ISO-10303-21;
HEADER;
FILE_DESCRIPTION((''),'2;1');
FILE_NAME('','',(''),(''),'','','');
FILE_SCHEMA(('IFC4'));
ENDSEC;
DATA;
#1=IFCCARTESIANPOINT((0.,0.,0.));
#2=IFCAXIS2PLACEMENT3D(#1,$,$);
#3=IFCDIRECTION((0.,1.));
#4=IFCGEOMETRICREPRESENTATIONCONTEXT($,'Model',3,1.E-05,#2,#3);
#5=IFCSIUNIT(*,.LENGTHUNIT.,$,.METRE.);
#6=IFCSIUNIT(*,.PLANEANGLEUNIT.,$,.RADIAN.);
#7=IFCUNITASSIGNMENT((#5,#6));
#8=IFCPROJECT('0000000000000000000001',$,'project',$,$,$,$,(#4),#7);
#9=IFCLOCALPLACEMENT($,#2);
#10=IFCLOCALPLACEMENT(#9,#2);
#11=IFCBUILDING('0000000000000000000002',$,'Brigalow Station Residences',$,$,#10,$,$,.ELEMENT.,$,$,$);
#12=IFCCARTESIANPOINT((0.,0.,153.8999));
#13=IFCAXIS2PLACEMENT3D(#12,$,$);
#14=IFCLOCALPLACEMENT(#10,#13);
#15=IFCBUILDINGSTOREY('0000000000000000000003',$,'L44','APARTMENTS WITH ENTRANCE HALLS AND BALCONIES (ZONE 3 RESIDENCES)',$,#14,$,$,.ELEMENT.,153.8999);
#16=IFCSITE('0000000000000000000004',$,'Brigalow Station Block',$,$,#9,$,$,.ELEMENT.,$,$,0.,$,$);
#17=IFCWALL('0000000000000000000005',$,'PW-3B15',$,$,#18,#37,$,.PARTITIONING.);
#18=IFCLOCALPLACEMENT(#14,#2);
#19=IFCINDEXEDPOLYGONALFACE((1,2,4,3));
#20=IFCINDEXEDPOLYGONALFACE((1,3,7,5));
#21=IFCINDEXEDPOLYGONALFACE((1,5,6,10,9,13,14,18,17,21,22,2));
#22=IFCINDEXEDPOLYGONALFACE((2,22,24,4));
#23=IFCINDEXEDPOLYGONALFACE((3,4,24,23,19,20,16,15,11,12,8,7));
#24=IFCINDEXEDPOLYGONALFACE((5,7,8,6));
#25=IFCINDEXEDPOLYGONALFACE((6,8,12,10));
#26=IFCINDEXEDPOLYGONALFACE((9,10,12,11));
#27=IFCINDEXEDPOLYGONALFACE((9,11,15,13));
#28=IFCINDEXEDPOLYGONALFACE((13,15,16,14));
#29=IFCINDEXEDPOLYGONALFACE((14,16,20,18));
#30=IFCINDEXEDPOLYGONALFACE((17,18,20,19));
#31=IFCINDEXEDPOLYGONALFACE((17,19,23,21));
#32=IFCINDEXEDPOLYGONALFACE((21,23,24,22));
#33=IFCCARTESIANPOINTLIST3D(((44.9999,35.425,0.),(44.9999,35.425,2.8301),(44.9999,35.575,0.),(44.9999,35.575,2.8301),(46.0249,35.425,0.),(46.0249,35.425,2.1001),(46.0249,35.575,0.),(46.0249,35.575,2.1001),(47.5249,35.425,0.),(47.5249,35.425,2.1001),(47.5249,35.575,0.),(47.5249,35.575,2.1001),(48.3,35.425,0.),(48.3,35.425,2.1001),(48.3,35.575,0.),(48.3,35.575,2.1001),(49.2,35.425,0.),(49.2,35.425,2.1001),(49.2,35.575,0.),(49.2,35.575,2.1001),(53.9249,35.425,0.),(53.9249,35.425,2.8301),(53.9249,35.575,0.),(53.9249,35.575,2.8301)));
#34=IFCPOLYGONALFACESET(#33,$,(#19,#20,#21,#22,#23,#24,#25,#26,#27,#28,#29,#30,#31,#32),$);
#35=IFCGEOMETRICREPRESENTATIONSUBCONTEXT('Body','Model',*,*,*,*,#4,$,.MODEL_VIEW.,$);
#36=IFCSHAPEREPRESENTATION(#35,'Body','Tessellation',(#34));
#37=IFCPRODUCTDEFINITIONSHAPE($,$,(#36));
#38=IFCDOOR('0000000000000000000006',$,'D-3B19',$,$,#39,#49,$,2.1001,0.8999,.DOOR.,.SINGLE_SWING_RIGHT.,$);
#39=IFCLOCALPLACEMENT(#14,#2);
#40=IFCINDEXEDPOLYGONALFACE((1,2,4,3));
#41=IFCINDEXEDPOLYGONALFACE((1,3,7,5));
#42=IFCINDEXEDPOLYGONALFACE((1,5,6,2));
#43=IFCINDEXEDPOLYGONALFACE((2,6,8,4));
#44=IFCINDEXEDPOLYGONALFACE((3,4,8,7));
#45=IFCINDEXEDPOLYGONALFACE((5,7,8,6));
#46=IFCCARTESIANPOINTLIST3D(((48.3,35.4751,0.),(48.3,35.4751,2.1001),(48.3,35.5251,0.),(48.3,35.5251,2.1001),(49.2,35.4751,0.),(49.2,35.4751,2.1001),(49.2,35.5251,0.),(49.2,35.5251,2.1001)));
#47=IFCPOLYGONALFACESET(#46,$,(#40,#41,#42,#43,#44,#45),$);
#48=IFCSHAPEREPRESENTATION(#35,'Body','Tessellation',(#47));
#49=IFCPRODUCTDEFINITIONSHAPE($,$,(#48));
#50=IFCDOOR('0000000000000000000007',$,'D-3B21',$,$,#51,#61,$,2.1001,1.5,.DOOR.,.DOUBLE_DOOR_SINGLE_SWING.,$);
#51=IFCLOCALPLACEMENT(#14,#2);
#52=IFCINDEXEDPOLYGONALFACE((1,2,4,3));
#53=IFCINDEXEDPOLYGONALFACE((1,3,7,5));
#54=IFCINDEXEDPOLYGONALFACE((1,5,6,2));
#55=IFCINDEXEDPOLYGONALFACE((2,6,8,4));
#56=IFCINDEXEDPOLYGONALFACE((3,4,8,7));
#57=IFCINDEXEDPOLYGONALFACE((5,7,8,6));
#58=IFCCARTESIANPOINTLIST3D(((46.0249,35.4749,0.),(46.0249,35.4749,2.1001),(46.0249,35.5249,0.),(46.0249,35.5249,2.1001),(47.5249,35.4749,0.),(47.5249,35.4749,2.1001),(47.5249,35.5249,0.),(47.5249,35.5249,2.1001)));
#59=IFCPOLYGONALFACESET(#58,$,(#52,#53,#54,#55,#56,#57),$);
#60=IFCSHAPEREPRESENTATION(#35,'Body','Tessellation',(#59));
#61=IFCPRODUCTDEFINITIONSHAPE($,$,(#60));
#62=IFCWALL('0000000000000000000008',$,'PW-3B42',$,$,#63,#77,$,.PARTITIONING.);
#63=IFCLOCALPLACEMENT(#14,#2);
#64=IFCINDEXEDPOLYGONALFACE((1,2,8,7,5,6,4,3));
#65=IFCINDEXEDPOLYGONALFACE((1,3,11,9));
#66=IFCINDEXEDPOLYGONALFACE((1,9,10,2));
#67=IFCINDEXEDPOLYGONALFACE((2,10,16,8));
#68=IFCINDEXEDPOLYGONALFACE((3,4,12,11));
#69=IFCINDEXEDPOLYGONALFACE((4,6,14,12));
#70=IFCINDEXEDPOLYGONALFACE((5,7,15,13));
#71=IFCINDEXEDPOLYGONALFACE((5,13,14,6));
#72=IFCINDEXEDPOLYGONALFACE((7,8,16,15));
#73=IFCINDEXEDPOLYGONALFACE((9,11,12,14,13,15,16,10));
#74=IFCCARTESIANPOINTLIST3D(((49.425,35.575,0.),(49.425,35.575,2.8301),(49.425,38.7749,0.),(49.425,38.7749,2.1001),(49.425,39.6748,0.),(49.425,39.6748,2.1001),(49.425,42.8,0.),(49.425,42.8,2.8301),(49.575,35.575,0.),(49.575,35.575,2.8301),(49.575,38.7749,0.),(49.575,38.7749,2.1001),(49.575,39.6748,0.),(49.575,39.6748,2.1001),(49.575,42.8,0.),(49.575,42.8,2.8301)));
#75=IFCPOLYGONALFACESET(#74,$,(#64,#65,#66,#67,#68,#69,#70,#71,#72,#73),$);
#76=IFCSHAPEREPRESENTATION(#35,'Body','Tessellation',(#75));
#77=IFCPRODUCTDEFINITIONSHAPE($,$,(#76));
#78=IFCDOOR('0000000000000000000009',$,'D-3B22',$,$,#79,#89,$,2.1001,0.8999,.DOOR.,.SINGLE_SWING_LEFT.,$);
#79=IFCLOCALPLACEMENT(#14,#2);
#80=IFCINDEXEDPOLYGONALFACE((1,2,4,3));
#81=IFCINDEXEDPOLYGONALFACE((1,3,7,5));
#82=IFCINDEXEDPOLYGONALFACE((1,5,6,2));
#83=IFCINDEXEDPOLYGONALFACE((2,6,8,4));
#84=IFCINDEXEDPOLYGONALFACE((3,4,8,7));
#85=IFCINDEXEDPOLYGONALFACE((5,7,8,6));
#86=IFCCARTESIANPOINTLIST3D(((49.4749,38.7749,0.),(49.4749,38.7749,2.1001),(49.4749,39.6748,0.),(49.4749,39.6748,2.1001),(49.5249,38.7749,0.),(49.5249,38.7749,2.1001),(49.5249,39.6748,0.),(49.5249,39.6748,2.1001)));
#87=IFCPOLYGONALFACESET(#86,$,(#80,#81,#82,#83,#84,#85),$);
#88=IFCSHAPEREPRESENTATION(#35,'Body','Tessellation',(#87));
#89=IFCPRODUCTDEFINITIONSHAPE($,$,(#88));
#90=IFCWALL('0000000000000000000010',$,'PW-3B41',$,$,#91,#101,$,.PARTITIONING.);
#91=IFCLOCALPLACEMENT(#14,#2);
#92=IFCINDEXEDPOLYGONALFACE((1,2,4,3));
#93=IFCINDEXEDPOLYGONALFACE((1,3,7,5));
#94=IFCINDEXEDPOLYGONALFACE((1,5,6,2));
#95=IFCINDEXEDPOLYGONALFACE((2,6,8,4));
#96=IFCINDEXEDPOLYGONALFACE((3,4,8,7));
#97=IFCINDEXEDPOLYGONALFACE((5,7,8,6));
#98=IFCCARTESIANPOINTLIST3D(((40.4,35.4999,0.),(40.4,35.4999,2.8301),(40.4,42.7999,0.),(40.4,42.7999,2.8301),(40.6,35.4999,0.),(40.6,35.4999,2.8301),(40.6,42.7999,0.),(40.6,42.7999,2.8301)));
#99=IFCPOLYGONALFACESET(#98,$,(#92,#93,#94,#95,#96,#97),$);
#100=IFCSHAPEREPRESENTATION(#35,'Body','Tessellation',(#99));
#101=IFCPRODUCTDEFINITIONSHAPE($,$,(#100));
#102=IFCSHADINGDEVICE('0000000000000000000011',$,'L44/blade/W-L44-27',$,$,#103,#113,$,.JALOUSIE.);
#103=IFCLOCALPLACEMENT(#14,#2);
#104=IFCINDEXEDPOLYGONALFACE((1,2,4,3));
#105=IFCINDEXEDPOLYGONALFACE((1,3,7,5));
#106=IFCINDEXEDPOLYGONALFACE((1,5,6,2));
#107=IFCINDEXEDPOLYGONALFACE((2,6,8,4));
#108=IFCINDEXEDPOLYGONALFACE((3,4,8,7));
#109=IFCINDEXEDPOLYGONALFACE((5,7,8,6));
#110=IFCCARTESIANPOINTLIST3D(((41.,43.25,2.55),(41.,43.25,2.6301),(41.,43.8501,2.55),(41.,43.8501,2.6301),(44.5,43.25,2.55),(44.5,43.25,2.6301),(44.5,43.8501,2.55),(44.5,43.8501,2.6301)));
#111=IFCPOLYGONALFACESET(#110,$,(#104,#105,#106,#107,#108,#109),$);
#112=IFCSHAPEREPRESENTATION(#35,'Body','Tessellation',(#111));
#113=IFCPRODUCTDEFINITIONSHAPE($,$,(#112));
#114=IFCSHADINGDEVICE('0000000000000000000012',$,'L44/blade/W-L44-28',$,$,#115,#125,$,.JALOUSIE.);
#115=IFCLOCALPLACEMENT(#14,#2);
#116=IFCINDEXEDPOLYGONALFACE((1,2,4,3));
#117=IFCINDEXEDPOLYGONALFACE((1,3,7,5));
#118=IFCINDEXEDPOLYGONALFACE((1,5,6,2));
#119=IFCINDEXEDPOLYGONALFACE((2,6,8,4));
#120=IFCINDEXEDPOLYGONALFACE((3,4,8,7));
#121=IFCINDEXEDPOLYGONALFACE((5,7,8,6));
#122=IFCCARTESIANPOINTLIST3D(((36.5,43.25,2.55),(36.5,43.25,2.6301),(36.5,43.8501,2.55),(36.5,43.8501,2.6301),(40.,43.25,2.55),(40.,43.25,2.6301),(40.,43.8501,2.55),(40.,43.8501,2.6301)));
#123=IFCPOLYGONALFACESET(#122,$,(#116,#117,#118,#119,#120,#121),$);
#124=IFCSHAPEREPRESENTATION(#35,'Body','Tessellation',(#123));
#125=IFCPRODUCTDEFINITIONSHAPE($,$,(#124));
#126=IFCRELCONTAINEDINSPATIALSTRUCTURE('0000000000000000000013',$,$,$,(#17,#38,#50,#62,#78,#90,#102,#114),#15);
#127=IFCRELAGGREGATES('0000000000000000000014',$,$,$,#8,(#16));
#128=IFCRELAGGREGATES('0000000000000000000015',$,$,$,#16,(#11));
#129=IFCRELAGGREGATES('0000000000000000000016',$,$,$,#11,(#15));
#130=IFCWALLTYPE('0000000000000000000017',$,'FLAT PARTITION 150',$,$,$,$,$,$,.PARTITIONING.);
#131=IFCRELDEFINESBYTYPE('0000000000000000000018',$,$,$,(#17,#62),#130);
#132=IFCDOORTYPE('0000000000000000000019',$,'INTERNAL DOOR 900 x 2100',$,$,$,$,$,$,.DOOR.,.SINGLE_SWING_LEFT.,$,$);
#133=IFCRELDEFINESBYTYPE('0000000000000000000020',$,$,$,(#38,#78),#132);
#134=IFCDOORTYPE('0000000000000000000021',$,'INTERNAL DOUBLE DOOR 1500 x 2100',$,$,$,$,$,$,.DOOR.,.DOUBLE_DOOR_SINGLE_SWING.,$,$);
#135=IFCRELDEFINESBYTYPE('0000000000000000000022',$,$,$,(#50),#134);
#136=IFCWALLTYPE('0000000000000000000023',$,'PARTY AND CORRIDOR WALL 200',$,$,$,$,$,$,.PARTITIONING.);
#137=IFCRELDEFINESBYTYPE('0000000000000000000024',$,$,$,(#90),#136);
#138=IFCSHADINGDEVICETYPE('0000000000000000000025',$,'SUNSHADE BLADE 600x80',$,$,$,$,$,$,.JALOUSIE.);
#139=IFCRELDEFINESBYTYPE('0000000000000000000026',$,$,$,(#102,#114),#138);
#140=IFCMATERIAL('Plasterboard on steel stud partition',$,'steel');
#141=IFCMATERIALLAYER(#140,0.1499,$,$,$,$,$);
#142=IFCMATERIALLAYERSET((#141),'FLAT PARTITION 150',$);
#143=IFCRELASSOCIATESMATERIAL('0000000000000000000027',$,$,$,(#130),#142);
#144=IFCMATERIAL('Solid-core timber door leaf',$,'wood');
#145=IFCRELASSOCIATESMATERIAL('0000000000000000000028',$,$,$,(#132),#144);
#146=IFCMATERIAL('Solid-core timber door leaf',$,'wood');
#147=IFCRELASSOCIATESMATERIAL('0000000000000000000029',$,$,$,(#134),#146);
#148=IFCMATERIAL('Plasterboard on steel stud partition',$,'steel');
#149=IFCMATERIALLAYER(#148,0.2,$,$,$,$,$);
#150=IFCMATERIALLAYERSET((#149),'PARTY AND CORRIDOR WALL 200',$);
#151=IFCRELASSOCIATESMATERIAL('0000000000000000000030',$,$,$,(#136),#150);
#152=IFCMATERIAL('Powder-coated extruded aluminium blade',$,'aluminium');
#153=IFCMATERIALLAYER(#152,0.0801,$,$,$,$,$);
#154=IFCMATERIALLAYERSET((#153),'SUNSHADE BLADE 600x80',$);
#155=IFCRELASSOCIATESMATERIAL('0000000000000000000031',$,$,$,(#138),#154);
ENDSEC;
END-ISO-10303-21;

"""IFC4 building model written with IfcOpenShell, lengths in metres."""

from ifc_helpers import new_model, si_unit, direction, frame, frame_2d, origin, origin_2d, place, context, subcontext, project, spatial, rectangle, extrude, material, layer, layer_set, type_object, element, fill, save


model = new_model("IFC4")

# Units and contexts
model_context = context("Model", 3, precision=1e-05, world=origin(), true_north=direction((0.0, 1.0)))
body_context = subcontext(model_context, "Body", "Model", "MODEL_VIEW")
ifc_project = project(units=[si_unit("LENGTHUNIT", "METRE"), si_unit("PLANEANGLEUNIT", "RADIAN")], contexts=[model_context])

# Site, building, storey
site_placement = place(None, origin())
site = spatial("IfcSite", under=ifc_project, at=site_placement, Name="Brigalow Station Block", CompositionType="ELEMENT", RefElevation=0.0)
building_placement = place(site_placement, origin())
building = spatial("IfcBuilding", under=site, at=building_placement, Name="Brigalow Station Residences", CompositionType="ELEMENT")
storey_placement = place(building_placement, frame((0.0, 0.0, 153.8999)))
storey = spatial("IfcBuildingStorey", under=building, at=storey_placement, Name="L44", Description="APARTMENTS WITH ENTRANCE HALLS AND BALCONIES (ZONE 3 RESIDENCES)", CompositionType="ELEMENT", Elevation=153.8999)

# Wall, openings, doors
ifc_material_1 = material(Name="Plasterboard on steel stud partition", Category="steel")
ifc_layer_1 = layer(ifc_material_1, 0.1499)
ifc_layer_set_1 = layer_set([ifc_layer_1], Name="FLAT PARTITION 150")
wall_type_1 = type_object("IfcWallType", Name="FLAT PARTITION 150", PredefinedType="PARTITIONING", material=ifc_layer_set_1)
wall_1_placement = place(storey_placement, frame((45.0, 35.5, 0.0), z_axis=(0.0, 0.0, 1.0), x_axis=(1.0, 0.0, 0.0)))
wall_1 = element("IfcWall", 1, at=wall_1_placement, inside=storey, type_object=wall_type_1, Name="PW-3B15", PredefinedType="PARTITIONING", context=body_context, shape_type="SweptSolid", body=[
    extrude(rectangle(XDim=8.925, YDim=0.1499, at=frame_2d((4.4624, 0.0))), origin(), (0.0, 0.0, 1.0), 2.8301),
])
opening_1_placement = place(wall_1_placement, frame((3.3, 0.0, 0.0)))
opening_1 = element("IfcOpeningElement", 2, at=opening_1_placement, cuts=wall_1, PredefinedType="OPENING", context=body_context, shape_type="SweptSolid", body=[
    extrude(rectangle(XDim=0.8999, YDim=2.1001, at=frame_2d((0.45, 1.05))), frame((0.0, 0.085, 0.0), z_axis=(0.0, -1.0, 0.0), x_axis=(1.0, 0.0, 0.0)), (0.0, 0.0, 1.0), 0.1699),
])
opening_2_placement = place(wall_1_placement, frame((1.0249, 0.0, 0.0)))
opening_2 = element("IfcOpeningElement", 3, at=opening_2_placement, cuts=wall_1, PredefinedType="OPENING", context=body_context, shape_type="SweptSolid", body=[
    extrude(rectangle(XDim=1.5, YDim=2.1001, at=frame_2d((0.75, 1.05))), frame((0.0, 0.085, 0.0), z_axis=(0.0, -1.0, 0.0), x_axis=(1.0, 0.0, 0.0)), (0.0, 0.0, 1.0), 0.1699),
])
ifc_material_2 = material(Name="Solid-core timber door leaf", Category="wood")
door_type_1 = type_object("IfcDoorType", Name="INTERNAL DOOR 900 x 2100", OperationType="SINGLE_SWING_LEFT", PredefinedType="DOOR", material=ifc_material_2)
door_1_placement = place(opening_1_placement, frame((0.8999, 0.0, 0.0), z_axis=(0.0, 0.0, 1.0), x_axis=(-1.0, 0.0, 0.0)))
door_1 = element("IfcDoor", 4, at=door_1_placement, inside=storey, type_object=door_type_1, Name="D-3B19", OperationType="SINGLE_SWING_RIGHT", OverallHeight=2.1001, OverallWidth=0.8999, PredefinedType="DOOR", context=body_context, shape_type="SweptSolid", body=[
    extrude(rectangle(XDim=0.8999, YDim=2.1001, at=frame_2d((0.45, 1.05))), frame((0.0, 0.0249, 0.0), z_axis=(0.0, -1.0, 0.0), x_axis=(1.0, 0.0, 0.0)), (0.0, 0.0, 1.0), 0.05),
])
fill(opening_1, door_1)
ifc_material_3 = material(Name="Solid-core timber door leaf", Category="wood")
door_type_2 = type_object("IfcDoorType", Name="INTERNAL DOUBLE DOOR 1500 x 2100", OperationType="DOUBLE_DOOR_SINGLE_SWING", PredefinedType="DOOR", material=ifc_material_3)
door_2_placement = place(opening_2_placement, origin())
door_2 = element("IfcDoor", 5, at=door_2_placement, inside=storey, type_object=door_type_2, Name="D-3B21", OperationType="DOUBLE_DOOR_SINGLE_SWING", OverallHeight=2.1001, OverallWidth=1.5, PredefinedType="DOOR", context=body_context, shape_type="SweptSolid", body=[
    extrude(rectangle(XDim=1.5, YDim=2.1001, at=frame_2d((0.75, 1.05))), frame((0.0, 0.0249, 0.0), z_axis=(0.0, -1.0, 0.0), x_axis=(1.0, 0.0, 0.0)), (0.0, 0.0, 1.0), 0.05),
])
fill(opening_2, door_2)

# Wall, opening, door
wall_2_placement = place(storey_placement, frame((49.5, 35.575, 0.0), z_axis=(0.0, 0.0, 1.0), x_axis=(0.0, 1.0, 0.0)))
wall_2 = element("IfcWall", 6, at=wall_2_placement, inside=storey, type_object=wall_type_1, Name="PW-3B42", PredefinedType="PARTITIONING", context=body_context, shape_type="SweptSolid", body=[
    extrude(rectangle(XDim=7.2251, YDim=0.1499, at=frame_2d((3.6125, 0.0))), origin(), (0.0, 0.0, 1.0), 2.8301),
])
opening_3_placement = place(wall_2_placement, frame((3.2, 0.0, 0.0)))
opening_3 = element("IfcOpeningElement", 7, at=opening_3_placement, cuts=wall_2, PredefinedType="OPENING", context=body_context, shape_type="SweptSolid", body=[
    extrude(rectangle(XDim=0.8999, YDim=2.1001, at=frame_2d((0.45, 1.05))), frame((0.0, 0.085, 0.0), z_axis=(0.0, -1.0, 0.0), x_axis=(1.0, 0.0, 0.0)), (0.0, 0.0, 1.0), 0.1699),
])
door_3_placement = place(opening_3_placement, frame((0.8999, 0.0, 0.0), z_axis=(0.0, 0.0, 1.0), x_axis=(-1.0, 0.0, 0.0)))
door_3 = element("IfcDoor", 8, at=door_3_placement, inside=storey, type_object=door_type_1, Name="D-3B22", OperationType="SINGLE_SWING_LEFT", OverallHeight=2.1001, OverallWidth=0.8999, PredefinedType="DOOR", context=body_context, shape_type="SweptSolid", body=[
    extrude(rectangle(XDim=0.8999, YDim=2.1001, at=frame_2d((0.45, 1.05))), frame((0.0, 0.0249, 0.0), z_axis=(0.0, -1.0, 0.0), x_axis=(1.0, 0.0, 0.0)), (0.0, 0.0, 1.0), 0.05),
])
fill(opening_3, door_3)

# Wall
ifc_material_4 = material(Name="Plasterboard on steel stud partition", Category="steel")
ifc_layer_2 = layer(ifc_material_4, 0.2)
ifc_layer_set_2 = layer_set([ifc_layer_2], Name="PARTY AND CORRIDOR WALL 200")
wall_type_2 = type_object("IfcWallType", Name="PARTY AND CORRIDOR WALL 200", PredefinedType="PARTITIONING", material=ifc_layer_set_2)
wall_3_placement = place(storey_placement, frame((40.5, 35.5, 0.0), z_axis=(0.0, 0.0, 1.0), x_axis=(0.0, 1.0, 0.0)))
element("IfcWall", 9, at=wall_3_placement, inside=storey, type_object=wall_type_2, Name="PW-3B41", PredefinedType="PARTITIONING", context=body_context, shape_type="SweptSolid", body=[
    extrude(rectangle(XDim=7.3, YDim=0.2, at=frame_2d((3.6499, 0.0))), origin(), (0.0, 0.0, 1.0), 2.8301),
])

# Shading devices
ifc_material_5 = material(Name="Powder-coated extruded aluminium blade", Category="aluminium")
ifc_layer_3 = layer(ifc_material_5, 0.0801)
ifc_layer_set_3 = layer_set([ifc_layer_3], Name="SUNSHADE BLADE 600x80")
shading_device_type = type_object("IfcShadingDeviceType", Name="SUNSHADE BLADE 600x80", PredefinedType="JALOUSIE", material=ifc_layer_set_3)
for number, where, z_axis, x_axis, name in (
    (10, (42.75, 43.55, 2.55), (0.0, 0.0, 1.0), (-1.0, 0.0, 0.0), "L44/blade/W-L44-27"),
    (11, (38.25, 43.55, 2.55), (0.0, 0.0, 1.0), (-1.0, 0.0, 0.0), "L44/blade/W-L44-28"),
):
    element("IfcShadingDevice", number, at=place(storey_placement, frame(where, z_axis=z_axis, x_axis=x_axis)), inside=storey, type_object=shading_device_type, Name=name, PredefinedType="JALOUSIE", context=body_context, shape_type="SweptSolid", body=[
        extrude(rectangle(XDim=3.5, YDim=0.6001, at=origin_2d()), origin(), (0.0, 0.0, 1.0), 0.0801),
    ])

save(model, "model.ifc")
